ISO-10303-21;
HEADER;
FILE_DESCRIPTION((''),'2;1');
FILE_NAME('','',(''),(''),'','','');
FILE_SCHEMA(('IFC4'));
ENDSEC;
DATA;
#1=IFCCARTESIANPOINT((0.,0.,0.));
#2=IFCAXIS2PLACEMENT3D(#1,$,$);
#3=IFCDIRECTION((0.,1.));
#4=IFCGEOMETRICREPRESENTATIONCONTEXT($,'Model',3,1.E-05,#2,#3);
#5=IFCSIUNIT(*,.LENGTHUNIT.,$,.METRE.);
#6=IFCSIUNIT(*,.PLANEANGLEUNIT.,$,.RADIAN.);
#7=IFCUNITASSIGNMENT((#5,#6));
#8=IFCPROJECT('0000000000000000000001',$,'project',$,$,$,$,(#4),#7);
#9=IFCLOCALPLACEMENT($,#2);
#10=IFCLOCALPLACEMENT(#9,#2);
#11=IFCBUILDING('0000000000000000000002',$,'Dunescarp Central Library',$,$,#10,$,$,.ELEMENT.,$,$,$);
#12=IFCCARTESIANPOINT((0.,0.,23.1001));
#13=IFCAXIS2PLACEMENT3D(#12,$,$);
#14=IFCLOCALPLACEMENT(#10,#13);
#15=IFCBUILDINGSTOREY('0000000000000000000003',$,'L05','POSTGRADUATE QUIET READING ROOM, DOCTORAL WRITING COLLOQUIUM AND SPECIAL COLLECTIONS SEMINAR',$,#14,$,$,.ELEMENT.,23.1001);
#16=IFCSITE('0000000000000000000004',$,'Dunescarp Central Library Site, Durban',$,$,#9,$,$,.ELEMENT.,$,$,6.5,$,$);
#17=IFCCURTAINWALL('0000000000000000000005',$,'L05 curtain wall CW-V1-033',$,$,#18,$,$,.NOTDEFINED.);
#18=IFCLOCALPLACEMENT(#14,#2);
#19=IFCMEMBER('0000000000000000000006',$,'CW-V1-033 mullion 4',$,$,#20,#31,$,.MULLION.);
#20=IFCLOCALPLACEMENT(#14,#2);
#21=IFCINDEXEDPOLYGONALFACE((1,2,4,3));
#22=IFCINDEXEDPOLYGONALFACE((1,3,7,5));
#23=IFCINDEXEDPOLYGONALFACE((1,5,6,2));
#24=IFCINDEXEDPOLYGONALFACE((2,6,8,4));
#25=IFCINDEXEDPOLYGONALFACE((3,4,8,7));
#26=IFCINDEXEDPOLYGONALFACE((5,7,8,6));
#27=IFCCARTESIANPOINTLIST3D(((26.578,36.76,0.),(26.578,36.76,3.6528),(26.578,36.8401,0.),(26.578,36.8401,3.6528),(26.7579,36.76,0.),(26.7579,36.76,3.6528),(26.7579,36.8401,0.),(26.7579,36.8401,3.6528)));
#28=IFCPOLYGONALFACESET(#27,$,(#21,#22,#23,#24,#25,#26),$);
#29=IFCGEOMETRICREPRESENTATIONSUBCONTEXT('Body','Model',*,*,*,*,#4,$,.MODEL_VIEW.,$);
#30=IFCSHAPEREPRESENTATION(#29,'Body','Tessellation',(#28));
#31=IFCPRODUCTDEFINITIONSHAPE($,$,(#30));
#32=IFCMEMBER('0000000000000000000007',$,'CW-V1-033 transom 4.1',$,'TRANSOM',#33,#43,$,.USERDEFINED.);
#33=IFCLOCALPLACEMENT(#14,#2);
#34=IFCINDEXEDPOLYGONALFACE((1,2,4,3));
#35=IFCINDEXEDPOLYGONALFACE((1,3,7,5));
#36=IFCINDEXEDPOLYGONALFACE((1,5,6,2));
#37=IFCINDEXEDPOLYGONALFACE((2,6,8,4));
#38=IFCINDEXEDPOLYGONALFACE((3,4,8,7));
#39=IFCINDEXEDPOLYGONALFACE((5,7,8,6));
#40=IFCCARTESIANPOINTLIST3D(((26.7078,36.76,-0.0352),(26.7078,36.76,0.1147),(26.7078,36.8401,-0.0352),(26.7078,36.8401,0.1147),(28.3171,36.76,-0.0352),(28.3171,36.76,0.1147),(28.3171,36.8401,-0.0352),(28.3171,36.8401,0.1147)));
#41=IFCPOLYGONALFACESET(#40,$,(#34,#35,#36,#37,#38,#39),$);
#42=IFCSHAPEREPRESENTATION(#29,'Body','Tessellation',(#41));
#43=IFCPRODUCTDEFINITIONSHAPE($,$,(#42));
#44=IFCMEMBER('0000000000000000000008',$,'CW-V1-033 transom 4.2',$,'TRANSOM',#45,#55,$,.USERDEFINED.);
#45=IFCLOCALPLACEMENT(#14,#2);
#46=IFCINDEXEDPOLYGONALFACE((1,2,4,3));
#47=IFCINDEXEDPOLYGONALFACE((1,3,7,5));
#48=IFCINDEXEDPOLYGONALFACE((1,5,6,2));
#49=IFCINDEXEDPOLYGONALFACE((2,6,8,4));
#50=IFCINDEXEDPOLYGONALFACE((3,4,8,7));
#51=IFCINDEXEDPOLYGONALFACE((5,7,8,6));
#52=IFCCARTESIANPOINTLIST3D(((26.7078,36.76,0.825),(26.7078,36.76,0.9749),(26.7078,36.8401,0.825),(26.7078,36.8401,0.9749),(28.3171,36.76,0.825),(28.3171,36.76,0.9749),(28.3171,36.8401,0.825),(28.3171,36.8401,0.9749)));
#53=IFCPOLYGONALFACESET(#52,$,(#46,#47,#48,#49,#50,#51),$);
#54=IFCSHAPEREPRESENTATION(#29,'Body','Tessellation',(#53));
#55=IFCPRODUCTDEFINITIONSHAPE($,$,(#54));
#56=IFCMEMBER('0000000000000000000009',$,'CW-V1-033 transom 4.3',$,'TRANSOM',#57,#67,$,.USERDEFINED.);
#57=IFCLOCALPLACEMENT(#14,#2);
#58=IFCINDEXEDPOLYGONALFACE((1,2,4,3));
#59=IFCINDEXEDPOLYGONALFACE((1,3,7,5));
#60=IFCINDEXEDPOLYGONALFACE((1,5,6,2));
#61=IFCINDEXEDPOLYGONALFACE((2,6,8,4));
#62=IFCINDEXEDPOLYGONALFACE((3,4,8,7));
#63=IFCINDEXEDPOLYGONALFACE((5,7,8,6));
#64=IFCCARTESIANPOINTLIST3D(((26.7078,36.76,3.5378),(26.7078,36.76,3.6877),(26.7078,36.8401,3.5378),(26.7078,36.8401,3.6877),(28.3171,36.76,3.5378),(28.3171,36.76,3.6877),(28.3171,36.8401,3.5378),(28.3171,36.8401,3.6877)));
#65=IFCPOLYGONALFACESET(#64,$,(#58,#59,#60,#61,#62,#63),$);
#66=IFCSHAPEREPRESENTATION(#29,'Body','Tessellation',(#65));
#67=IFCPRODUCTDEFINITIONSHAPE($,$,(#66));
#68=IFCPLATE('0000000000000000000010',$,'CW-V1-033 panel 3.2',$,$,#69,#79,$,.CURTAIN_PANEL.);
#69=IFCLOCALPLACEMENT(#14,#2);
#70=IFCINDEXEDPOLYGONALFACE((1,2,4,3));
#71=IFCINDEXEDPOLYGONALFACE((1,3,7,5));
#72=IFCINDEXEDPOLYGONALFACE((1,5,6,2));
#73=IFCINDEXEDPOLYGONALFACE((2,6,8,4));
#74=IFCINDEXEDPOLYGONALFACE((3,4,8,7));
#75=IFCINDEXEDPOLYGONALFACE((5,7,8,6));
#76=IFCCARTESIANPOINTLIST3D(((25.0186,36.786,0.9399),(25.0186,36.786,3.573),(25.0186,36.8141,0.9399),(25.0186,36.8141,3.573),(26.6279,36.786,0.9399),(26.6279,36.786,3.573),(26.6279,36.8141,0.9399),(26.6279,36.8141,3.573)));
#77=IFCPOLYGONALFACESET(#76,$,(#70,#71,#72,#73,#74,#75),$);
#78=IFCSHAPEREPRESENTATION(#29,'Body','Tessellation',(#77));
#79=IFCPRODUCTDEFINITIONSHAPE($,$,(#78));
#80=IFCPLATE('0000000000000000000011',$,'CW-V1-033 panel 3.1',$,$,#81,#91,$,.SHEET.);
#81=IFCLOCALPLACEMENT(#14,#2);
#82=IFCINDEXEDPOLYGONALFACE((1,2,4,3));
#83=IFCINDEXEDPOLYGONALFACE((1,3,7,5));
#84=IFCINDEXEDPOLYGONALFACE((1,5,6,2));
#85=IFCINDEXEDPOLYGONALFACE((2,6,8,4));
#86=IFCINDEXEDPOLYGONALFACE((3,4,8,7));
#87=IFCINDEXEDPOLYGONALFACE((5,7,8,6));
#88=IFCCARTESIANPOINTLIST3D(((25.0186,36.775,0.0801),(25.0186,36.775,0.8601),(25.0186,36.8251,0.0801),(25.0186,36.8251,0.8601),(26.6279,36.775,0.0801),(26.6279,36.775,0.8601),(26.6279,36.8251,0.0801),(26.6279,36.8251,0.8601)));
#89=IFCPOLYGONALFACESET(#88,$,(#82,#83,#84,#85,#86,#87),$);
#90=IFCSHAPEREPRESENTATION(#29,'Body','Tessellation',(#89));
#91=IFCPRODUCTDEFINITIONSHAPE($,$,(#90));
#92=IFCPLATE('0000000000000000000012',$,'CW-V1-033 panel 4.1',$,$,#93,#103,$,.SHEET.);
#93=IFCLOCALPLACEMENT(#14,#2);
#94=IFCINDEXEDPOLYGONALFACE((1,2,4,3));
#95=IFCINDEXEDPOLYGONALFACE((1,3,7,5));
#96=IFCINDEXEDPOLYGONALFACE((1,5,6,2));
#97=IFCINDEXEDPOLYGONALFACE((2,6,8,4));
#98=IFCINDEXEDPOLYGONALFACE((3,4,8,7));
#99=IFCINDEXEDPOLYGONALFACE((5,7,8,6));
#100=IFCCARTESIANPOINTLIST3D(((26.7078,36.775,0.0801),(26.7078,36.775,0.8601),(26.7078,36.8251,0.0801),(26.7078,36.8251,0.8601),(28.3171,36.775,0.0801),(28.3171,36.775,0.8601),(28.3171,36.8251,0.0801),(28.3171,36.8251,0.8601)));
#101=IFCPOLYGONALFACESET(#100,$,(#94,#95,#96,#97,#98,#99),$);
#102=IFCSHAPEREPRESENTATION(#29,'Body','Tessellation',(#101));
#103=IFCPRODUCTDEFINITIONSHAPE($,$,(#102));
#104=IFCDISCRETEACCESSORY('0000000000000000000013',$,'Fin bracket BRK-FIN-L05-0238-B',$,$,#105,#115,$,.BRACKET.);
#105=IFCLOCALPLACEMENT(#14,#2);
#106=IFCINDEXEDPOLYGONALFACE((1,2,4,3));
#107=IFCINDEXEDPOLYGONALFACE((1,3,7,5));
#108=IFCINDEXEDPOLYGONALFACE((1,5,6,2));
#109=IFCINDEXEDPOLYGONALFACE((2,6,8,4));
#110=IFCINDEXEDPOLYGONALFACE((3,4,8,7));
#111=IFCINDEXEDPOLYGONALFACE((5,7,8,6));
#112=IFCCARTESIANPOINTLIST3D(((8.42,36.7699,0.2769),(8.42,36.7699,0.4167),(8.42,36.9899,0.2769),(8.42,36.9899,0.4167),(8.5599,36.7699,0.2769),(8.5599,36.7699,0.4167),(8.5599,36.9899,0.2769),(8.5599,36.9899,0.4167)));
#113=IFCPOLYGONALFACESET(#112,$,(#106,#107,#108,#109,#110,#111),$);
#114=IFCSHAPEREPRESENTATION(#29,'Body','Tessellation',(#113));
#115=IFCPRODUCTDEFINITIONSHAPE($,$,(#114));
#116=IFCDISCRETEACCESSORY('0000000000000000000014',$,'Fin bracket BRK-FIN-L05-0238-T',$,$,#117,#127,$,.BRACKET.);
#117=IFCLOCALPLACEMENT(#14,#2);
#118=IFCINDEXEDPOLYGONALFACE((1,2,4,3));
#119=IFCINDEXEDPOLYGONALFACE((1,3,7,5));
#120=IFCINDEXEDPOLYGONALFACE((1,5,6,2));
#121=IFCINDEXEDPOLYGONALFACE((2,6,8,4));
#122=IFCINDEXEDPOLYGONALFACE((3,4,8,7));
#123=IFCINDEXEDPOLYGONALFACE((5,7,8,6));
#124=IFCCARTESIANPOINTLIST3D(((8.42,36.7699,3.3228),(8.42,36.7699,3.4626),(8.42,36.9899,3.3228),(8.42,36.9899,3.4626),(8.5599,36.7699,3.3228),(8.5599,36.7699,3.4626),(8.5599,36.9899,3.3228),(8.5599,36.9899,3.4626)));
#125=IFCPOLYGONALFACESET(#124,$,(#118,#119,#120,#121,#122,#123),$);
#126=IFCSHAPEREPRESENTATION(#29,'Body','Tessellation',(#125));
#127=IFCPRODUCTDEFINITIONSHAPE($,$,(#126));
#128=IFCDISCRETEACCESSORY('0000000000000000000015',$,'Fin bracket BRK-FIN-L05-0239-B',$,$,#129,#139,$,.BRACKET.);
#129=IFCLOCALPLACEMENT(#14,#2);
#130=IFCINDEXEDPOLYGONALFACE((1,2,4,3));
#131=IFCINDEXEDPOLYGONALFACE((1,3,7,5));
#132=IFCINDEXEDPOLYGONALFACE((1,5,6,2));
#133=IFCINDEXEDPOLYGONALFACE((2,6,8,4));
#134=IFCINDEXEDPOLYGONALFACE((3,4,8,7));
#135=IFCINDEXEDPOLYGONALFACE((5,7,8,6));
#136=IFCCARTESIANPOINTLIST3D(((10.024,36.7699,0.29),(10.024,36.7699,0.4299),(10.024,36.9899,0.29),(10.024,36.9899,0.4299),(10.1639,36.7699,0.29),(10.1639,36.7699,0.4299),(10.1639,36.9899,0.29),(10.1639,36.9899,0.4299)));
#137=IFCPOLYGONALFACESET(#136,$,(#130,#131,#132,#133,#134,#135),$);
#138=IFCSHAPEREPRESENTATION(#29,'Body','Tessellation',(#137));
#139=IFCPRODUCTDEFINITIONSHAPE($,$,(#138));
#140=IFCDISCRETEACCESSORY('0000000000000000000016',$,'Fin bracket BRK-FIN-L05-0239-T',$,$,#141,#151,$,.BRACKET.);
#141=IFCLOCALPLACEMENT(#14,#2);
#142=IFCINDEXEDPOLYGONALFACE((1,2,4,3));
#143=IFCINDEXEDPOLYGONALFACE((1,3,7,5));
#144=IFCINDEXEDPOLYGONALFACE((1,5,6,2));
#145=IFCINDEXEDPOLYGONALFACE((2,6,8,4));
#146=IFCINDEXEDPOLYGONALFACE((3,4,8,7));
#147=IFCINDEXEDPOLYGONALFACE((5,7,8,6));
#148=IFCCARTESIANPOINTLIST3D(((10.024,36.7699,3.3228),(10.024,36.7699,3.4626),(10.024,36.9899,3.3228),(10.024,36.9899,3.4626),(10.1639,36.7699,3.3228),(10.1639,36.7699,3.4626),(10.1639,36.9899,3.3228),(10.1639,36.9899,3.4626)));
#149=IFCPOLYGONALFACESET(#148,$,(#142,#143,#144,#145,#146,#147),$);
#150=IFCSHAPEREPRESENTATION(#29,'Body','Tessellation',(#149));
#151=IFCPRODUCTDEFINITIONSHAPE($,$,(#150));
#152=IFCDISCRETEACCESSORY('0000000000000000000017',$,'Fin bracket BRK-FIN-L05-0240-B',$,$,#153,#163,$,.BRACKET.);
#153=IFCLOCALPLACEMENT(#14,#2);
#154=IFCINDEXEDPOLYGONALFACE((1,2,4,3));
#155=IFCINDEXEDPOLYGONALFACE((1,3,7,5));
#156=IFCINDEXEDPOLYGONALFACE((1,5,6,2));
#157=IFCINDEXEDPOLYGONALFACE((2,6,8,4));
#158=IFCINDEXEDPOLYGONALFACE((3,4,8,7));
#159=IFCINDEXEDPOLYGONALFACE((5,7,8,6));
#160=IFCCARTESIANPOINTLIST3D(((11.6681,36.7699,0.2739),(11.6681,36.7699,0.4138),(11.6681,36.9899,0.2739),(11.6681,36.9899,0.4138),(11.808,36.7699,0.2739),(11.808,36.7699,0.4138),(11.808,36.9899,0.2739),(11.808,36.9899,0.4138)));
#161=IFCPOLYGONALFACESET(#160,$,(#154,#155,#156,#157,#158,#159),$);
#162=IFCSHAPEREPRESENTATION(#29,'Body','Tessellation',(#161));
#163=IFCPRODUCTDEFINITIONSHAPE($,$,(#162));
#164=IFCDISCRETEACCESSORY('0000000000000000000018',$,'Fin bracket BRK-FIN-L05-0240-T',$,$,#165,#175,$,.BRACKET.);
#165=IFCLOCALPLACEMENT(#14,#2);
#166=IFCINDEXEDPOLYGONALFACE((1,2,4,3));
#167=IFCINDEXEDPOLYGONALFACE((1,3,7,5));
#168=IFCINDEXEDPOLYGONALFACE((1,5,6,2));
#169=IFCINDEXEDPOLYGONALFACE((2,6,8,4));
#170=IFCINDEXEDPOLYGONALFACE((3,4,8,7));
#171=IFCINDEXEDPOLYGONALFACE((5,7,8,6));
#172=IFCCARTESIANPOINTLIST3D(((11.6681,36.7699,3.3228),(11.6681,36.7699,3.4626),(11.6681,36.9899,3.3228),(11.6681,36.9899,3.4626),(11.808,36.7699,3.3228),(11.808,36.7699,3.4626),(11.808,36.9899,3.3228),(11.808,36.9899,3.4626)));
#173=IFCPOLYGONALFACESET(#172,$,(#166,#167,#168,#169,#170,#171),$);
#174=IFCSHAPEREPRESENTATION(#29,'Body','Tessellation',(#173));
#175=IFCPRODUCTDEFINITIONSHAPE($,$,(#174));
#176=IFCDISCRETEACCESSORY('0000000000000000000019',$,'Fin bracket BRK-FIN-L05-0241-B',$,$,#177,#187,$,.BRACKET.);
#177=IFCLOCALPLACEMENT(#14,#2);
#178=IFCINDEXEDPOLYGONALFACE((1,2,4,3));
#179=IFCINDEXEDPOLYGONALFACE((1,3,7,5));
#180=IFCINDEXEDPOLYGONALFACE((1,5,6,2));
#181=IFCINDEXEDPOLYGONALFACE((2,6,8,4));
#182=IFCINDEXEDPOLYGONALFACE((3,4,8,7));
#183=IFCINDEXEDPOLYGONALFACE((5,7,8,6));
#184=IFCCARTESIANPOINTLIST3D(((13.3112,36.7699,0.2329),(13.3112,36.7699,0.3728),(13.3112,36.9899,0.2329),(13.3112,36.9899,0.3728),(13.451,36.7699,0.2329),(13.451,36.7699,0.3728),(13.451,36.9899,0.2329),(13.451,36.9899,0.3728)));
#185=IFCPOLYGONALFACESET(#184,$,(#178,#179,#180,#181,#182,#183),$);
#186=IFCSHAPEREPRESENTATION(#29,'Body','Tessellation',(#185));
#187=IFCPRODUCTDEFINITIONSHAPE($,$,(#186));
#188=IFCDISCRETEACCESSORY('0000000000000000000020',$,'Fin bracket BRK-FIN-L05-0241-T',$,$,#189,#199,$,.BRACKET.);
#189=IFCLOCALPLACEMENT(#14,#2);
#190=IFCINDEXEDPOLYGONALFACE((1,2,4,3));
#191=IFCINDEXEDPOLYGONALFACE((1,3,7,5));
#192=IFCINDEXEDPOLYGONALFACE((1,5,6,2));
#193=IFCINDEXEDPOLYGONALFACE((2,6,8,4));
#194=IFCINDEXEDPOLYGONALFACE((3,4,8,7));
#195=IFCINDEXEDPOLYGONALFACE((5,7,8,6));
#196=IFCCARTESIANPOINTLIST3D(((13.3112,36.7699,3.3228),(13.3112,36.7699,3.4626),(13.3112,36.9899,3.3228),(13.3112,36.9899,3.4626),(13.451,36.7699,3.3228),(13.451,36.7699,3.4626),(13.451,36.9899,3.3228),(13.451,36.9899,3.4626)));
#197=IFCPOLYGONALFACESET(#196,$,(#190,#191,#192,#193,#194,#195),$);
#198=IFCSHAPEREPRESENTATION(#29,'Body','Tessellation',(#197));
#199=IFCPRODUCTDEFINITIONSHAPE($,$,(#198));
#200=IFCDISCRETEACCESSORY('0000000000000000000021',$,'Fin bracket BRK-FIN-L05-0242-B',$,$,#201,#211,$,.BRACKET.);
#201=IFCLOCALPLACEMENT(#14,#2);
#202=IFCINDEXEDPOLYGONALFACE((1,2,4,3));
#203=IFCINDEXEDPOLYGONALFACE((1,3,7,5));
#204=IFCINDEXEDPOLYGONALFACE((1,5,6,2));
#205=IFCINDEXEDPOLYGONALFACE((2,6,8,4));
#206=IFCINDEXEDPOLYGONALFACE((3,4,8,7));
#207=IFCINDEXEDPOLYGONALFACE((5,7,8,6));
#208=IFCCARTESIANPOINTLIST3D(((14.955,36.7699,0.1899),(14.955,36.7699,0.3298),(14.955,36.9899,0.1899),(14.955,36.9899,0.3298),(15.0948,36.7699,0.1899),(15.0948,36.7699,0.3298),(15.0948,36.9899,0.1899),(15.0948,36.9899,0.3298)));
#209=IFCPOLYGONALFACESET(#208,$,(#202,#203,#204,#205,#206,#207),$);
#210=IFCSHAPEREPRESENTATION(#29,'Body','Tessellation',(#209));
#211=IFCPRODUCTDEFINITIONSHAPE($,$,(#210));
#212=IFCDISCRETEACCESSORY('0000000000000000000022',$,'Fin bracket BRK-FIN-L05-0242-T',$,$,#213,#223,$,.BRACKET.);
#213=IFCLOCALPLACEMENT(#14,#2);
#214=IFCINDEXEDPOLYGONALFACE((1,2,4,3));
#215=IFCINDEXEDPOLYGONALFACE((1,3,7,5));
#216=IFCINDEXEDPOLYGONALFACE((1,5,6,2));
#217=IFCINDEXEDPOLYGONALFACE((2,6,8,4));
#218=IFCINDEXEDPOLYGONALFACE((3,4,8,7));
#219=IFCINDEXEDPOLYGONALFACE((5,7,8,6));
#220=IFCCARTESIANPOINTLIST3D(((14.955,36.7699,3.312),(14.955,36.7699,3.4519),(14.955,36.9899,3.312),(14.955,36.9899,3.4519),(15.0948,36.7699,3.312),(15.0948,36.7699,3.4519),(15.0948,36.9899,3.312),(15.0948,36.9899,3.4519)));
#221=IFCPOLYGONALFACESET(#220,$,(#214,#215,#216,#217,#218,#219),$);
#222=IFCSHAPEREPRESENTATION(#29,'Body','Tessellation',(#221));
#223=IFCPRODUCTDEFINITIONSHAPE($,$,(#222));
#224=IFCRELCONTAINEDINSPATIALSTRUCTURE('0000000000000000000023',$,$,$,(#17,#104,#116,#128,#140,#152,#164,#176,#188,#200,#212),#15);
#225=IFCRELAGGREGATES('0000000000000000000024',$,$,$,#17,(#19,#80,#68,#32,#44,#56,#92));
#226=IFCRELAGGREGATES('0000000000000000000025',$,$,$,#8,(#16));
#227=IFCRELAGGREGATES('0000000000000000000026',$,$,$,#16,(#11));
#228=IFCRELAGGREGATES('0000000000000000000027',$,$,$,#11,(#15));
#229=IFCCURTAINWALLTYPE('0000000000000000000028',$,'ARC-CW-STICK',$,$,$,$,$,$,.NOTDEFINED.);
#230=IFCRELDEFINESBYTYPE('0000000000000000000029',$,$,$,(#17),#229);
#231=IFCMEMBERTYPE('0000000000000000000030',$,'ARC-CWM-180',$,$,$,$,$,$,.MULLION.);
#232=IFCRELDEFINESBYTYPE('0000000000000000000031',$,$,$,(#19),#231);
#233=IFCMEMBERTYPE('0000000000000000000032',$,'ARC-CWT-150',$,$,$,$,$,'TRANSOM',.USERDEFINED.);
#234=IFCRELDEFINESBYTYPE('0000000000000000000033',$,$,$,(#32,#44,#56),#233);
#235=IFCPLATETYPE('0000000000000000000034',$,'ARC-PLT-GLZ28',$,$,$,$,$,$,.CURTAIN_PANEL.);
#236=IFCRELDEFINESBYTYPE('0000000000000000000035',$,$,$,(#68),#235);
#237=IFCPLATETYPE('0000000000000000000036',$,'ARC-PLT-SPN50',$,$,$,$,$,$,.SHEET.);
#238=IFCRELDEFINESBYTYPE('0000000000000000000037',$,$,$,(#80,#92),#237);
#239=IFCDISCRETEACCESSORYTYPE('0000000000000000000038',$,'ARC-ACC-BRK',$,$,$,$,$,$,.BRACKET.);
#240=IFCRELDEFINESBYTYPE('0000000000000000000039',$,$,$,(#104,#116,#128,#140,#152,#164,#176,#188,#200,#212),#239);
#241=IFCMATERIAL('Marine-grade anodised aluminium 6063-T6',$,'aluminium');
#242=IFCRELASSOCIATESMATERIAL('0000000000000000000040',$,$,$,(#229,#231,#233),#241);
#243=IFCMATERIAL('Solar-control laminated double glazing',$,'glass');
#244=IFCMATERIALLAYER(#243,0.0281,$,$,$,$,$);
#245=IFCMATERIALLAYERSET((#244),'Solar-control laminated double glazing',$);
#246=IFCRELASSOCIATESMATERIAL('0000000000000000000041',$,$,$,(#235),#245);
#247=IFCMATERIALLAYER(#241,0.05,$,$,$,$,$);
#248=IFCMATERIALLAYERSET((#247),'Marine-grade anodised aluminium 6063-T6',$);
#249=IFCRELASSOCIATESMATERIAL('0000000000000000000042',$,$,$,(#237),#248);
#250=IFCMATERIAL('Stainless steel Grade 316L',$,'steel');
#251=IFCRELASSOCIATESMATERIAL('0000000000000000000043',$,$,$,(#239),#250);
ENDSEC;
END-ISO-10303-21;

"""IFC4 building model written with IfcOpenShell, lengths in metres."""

from ifc_helpers import new_model, si_unit, direction, frame, origin, origin_2d, place, context, subcontext, project, spatial, rectangle, extrude, material, layer, layer_set, material_profile, profile_set, type_object, element, aggregate, save


model = new_model("IFC4")

# Units and contexts
model_context = context("Model", 3, precision=1e-05, world=origin(), true_north=direction((0.0, 1.0)))
body_context = subcontext(model_context, "Body", "Model", "MODEL_VIEW")
ifc_project = project(units=[si_unit("LENGTHUNIT", "METRE"), si_unit("PLANEANGLEUNIT", "RADIAN")], contexts=[model_context])

# Site, building, storey
site_placement = place(None, origin())
site = spatial("IfcSite", under=ifc_project, at=site_placement, Name="Dunescarp Central Library Site, Durban", CompositionType="ELEMENT", RefElevation=6.5)
building_placement = place(site_placement, origin())
building = spatial("IfcBuilding", under=site, at=building_placement, Name="Dunescarp Central Library", CompositionType="ELEMENT")
storey_placement = place(building_placement, frame((0.0, 0.0, 23.1001)))
storey = spatial("IfcBuildingStorey", under=building, at=storey_placement, Name="L05", Description="POSTGRADUATE QUIET READING ROOM, DOCTORAL WRITING COLLOQUIUM AND SPECIAL COLLECTIONS SEMINAR", CompositionType="ELEMENT", Elevation=23.1001)

# Curtain wall, members, plates
ifc_material_1 = material(Name="Marine-grade anodised aluminium 6063-T6", Category="aluminium")
curtain_wall_type = type_object("IfcCurtainWallType", Name="ARC-CW-STICK", PredefinedType="NOTDEFINED", material=ifc_material_1)
curtain_wall_placement = place(storey_placement, origin())
curtain_wall = element("IfcCurtainWall", 1, at=curtain_wall_placement, inside=storey, type_object=curtain_wall_type, Name="L05 curtain wall CW-V1-033", PredefinedType="NOTDEFINED")
ifc_material_profile_1 = material_profile(ifc_material_1, rectangle(XDim=0.0801, YDim=0.1799, at=origin_2d()), Name="AL 80x180")
ifc_profile_set_1 = profile_set([ifc_material_profile_1], Name="Marine-grade anodised aluminium 6063-T6")
member_type_1 = type_object("IfcMemberType", Name="ARC-CWM-180", PredefinedType="MULLION", material=ifc_profile_set_1)
member_1_placement = place(storey_placement, frame((26.668, 36.8, 0.0), z_axis=(0.0, 0.0, 1.0), x_axis=(0.0, 1.0, 0.0)))
member_1 = element("IfcMember", 2, at=member_1_placement, type_object=member_type_1, Name="CW-V1-033 mullion 4", PredefinedType="MULLION", context=body_context, shape_type="SweptSolid", body=[
    extrude(rectangle(XDim=0.0801, YDim=0.1799, at=origin_2d()), origin(), (0.0, 0.0, 1.0), 3.6528),
])
ifc_material_profile_2 = material_profile(ifc_material_1, rectangle(XDim=0.0801, YDim=0.1499, at=origin_2d()), Name="AL 80x150")
ifc_profile_set_2 = profile_set([ifc_material_profile_2], Name="Marine-grade anodised aluminium 6063-T6")
member_type_2 = type_object("IfcMemberType", Name="ARC-CWT-150", ElementType="TRANSOM", PredefinedType="USERDEFINED", material=ifc_profile_set_2)
member_2_placement = place(storey_placement, frame((26.7078, 36.8, 0.0398), z_axis=(1.0, 0.0, 0.0), x_axis=(0.0, 1.0, 0.0)))
member_2 = element("IfcMember", 3, at=member_2_placement, type_object=member_type_2, Name="CW-V1-033 transom 4.1", ObjectType="TRANSOM", PredefinedType="USERDEFINED", context=body_context, shape_type="SweptSolid", body=[
    extrude(rectangle(XDim=0.0801, YDim=0.1499, at=origin_2d()), origin(), (0.0, 0.0, 1.0), 1.6094),
])
member_3_placement = place(storey_placement, frame((26.7078, 36.8, 0.8999), z_axis=(1.0, 0.0, 0.0), x_axis=(0.0, 1.0, 0.0)))
member_3 = element("IfcMember", 4, at=member_3_placement, type_object=member_type_2, Name="CW-V1-033 transom 4.2", ObjectType="TRANSOM", PredefinedType="USERDEFINED", context=body_context, shape_type="SweptSolid", body=[
    extrude(rectangle(XDim=0.0801, YDim=0.1499, at=origin_2d()), origin(), (0.0, 0.0, 1.0), 1.6094),
])
member_4_placement = place(storey_placement, frame((26.7078, 36.8, 3.6128), z_axis=(1.0, 0.0, 0.0), x_axis=(0.0, 1.0, 0.0)))
member_4 = element("IfcMember", 5, at=member_4_placement, type_object=member_type_2, Name="CW-V1-033 transom 4.3", ObjectType="TRANSOM", PredefinedType="USERDEFINED", context=body_context, shape_type="SweptSolid", body=[
    extrude(rectangle(XDim=0.0801, YDim=0.1499, at=origin_2d()), origin(), (0.0, 0.0, 1.0), 1.6094),
])
ifc_material_2 = material(Name="Solar-control laminated double glazing", Category="glass")
ifc_layer_1 = layer(ifc_material_2, 0.0281)
ifc_layer_set_1 = layer_set([ifc_layer_1], Name="Solar-control laminated double glazing")
plate_type_1 = type_object("IfcPlateType", Name="ARC-PLT-GLZ28", PredefinedType="CURTAIN_PANEL", material=ifc_layer_set_1)
plate_1_placement = place(storey_placement, frame((25.8232, 36.8, 0.9399), z_axis=(0.0, 0.0, 1.0), x_axis=(1.0, 0.0, 0.0)))
plate_1 = element("IfcPlate", 6, at=plate_1_placement, type_object=plate_type_1, Name="CW-V1-033 panel 3.2", PredefinedType="CURTAIN_PANEL", context=body_context, shape_type="SweptSolid", body=[
    extrude(rectangle(XDim=1.6094, YDim=0.0281, at=origin_2d()), origin(), (0.0, 0.0, 1.0), 2.6331),
])
ifc_layer_2 = layer(ifc_material_1, 0.05)
ifc_layer_set_2 = layer_set([ifc_layer_2], Name="Marine-grade anodised aluminium 6063-T6")
plate_type_2 = type_object("IfcPlateType", Name="ARC-PLT-SPN50", PredefinedType="SHEET", material=ifc_layer_set_2)
plate_2_placement = place(storey_placement, frame((25.8232, 36.8, 0.0801), z_axis=(0.0, 0.0, 1.0), x_axis=(1.0, 0.0, 0.0)))
plate_2 = element("IfcPlate", 7, at=plate_2_placement, type_object=plate_type_2, Name="CW-V1-033 panel 3.1", PredefinedType="SHEET", context=body_context, shape_type="SweptSolid", body=[
    extrude(rectangle(XDim=1.6094, YDim=0.05, at=origin_2d()), origin(), (0.0, 0.0, 1.0), 0.78),
])
plate_3_placement = place(storey_placement, frame((27.5125, 36.8, 0.0801), z_axis=(0.0, 0.0, 1.0), x_axis=(1.0, 0.0, 0.0)))
plate_3 = element("IfcPlate", 8, at=plate_3_placement, type_object=plate_type_2, Name="CW-V1-033 panel 4.1", PredefinedType="SHEET", context=body_context, shape_type="SweptSolid", body=[
    extrude(rectangle(XDim=1.6094, YDim=0.05, at=origin_2d()), origin(), (0.0, 0.0, 1.0), 0.78),
])
aggregate(curtain_wall, [member_1, plate_2, plate_1, member_2, member_3, member_4, plate_3])

# Discrete accessories
ifc_material_3 = material(Name="Stainless steel Grade 316L", Category="steel")
discrete_accessory_type = type_object("IfcDiscreteAccessoryType", Name="ARC-ACC-BRK", PredefinedType="BRACKET", material=ifc_material_3)
for number, where, z_axis, x_axis, name in (
    (9, (8.49, 36.8799, 0.2769), (0.0, 0.0, 1.0), (0.0, 1.0, 0.0), "Fin bracket BRK-FIN-L05-0238-B"),
    (10, (8.49, 36.8799, 3.3228), (0.0, 0.0, 1.0), (0.0, 1.0, 0.0), "Fin bracket BRK-FIN-L05-0238-T"),
    (11, (10.094, 36.8799, 0.29), (0.0, 0.0, 1.0), (0.0, 1.0, 0.0), "Fin bracket BRK-FIN-L05-0239-B"),
    (12, (10.094, 36.8799, 3.3228), (0.0, 0.0, 1.0), (0.0, 1.0, 0.0), "Fin bracket BRK-FIN-L05-0239-T"),
    (13, (11.738, 36.8799, 0.2739), (0.0, 0.0, 1.0), (0.0, 1.0, 0.0), "Fin bracket BRK-FIN-L05-0240-B"),
    (14, (11.738, 36.8799, 3.3228), (0.0, 0.0, 1.0), (0.0, 1.0, 0.0), "Fin bracket BRK-FIN-L05-0240-T"),
    (15, (13.3811, 36.8799, 0.2329), (0.0, 0.0, 1.0), (0.0, 1.0, 0.0), "Fin bracket BRK-FIN-L05-0241-B"),
    (16, (13.3811, 36.8799, 3.3228), (0.0, 0.0, 1.0), (0.0, 1.0, 0.0), "Fin bracket BRK-FIN-L05-0241-T"),
    (17, (15.0249, 36.8799, 0.1899), (0.0, 0.0, 1.0), (0.0, 1.0, 0.0), "Fin bracket BRK-FIN-L05-0242-B"),
    (18, (15.0249, 36.8799, 3.312), (0.0, 0.0, 1.0), (0.0, 1.0, 0.0), "Fin bracket BRK-FIN-L05-0242-T"),
):
    element("IfcDiscreteAccessory", number, at=place(storey_placement, frame(where, z_axis=z_axis, x_axis=x_axis)), inside=storey, type_object=discrete_accessory_type, Name=name, PredefinedType="BRACKET", context=body_context, shape_type="SweptSolid", body=[
        extrude(rectangle(XDim=0.22, YDim=0.1399, at=origin_2d()), origin(), (0.0, 0.0, 1.0), 0.1399),
    ])

save(model, "model.ifc")
